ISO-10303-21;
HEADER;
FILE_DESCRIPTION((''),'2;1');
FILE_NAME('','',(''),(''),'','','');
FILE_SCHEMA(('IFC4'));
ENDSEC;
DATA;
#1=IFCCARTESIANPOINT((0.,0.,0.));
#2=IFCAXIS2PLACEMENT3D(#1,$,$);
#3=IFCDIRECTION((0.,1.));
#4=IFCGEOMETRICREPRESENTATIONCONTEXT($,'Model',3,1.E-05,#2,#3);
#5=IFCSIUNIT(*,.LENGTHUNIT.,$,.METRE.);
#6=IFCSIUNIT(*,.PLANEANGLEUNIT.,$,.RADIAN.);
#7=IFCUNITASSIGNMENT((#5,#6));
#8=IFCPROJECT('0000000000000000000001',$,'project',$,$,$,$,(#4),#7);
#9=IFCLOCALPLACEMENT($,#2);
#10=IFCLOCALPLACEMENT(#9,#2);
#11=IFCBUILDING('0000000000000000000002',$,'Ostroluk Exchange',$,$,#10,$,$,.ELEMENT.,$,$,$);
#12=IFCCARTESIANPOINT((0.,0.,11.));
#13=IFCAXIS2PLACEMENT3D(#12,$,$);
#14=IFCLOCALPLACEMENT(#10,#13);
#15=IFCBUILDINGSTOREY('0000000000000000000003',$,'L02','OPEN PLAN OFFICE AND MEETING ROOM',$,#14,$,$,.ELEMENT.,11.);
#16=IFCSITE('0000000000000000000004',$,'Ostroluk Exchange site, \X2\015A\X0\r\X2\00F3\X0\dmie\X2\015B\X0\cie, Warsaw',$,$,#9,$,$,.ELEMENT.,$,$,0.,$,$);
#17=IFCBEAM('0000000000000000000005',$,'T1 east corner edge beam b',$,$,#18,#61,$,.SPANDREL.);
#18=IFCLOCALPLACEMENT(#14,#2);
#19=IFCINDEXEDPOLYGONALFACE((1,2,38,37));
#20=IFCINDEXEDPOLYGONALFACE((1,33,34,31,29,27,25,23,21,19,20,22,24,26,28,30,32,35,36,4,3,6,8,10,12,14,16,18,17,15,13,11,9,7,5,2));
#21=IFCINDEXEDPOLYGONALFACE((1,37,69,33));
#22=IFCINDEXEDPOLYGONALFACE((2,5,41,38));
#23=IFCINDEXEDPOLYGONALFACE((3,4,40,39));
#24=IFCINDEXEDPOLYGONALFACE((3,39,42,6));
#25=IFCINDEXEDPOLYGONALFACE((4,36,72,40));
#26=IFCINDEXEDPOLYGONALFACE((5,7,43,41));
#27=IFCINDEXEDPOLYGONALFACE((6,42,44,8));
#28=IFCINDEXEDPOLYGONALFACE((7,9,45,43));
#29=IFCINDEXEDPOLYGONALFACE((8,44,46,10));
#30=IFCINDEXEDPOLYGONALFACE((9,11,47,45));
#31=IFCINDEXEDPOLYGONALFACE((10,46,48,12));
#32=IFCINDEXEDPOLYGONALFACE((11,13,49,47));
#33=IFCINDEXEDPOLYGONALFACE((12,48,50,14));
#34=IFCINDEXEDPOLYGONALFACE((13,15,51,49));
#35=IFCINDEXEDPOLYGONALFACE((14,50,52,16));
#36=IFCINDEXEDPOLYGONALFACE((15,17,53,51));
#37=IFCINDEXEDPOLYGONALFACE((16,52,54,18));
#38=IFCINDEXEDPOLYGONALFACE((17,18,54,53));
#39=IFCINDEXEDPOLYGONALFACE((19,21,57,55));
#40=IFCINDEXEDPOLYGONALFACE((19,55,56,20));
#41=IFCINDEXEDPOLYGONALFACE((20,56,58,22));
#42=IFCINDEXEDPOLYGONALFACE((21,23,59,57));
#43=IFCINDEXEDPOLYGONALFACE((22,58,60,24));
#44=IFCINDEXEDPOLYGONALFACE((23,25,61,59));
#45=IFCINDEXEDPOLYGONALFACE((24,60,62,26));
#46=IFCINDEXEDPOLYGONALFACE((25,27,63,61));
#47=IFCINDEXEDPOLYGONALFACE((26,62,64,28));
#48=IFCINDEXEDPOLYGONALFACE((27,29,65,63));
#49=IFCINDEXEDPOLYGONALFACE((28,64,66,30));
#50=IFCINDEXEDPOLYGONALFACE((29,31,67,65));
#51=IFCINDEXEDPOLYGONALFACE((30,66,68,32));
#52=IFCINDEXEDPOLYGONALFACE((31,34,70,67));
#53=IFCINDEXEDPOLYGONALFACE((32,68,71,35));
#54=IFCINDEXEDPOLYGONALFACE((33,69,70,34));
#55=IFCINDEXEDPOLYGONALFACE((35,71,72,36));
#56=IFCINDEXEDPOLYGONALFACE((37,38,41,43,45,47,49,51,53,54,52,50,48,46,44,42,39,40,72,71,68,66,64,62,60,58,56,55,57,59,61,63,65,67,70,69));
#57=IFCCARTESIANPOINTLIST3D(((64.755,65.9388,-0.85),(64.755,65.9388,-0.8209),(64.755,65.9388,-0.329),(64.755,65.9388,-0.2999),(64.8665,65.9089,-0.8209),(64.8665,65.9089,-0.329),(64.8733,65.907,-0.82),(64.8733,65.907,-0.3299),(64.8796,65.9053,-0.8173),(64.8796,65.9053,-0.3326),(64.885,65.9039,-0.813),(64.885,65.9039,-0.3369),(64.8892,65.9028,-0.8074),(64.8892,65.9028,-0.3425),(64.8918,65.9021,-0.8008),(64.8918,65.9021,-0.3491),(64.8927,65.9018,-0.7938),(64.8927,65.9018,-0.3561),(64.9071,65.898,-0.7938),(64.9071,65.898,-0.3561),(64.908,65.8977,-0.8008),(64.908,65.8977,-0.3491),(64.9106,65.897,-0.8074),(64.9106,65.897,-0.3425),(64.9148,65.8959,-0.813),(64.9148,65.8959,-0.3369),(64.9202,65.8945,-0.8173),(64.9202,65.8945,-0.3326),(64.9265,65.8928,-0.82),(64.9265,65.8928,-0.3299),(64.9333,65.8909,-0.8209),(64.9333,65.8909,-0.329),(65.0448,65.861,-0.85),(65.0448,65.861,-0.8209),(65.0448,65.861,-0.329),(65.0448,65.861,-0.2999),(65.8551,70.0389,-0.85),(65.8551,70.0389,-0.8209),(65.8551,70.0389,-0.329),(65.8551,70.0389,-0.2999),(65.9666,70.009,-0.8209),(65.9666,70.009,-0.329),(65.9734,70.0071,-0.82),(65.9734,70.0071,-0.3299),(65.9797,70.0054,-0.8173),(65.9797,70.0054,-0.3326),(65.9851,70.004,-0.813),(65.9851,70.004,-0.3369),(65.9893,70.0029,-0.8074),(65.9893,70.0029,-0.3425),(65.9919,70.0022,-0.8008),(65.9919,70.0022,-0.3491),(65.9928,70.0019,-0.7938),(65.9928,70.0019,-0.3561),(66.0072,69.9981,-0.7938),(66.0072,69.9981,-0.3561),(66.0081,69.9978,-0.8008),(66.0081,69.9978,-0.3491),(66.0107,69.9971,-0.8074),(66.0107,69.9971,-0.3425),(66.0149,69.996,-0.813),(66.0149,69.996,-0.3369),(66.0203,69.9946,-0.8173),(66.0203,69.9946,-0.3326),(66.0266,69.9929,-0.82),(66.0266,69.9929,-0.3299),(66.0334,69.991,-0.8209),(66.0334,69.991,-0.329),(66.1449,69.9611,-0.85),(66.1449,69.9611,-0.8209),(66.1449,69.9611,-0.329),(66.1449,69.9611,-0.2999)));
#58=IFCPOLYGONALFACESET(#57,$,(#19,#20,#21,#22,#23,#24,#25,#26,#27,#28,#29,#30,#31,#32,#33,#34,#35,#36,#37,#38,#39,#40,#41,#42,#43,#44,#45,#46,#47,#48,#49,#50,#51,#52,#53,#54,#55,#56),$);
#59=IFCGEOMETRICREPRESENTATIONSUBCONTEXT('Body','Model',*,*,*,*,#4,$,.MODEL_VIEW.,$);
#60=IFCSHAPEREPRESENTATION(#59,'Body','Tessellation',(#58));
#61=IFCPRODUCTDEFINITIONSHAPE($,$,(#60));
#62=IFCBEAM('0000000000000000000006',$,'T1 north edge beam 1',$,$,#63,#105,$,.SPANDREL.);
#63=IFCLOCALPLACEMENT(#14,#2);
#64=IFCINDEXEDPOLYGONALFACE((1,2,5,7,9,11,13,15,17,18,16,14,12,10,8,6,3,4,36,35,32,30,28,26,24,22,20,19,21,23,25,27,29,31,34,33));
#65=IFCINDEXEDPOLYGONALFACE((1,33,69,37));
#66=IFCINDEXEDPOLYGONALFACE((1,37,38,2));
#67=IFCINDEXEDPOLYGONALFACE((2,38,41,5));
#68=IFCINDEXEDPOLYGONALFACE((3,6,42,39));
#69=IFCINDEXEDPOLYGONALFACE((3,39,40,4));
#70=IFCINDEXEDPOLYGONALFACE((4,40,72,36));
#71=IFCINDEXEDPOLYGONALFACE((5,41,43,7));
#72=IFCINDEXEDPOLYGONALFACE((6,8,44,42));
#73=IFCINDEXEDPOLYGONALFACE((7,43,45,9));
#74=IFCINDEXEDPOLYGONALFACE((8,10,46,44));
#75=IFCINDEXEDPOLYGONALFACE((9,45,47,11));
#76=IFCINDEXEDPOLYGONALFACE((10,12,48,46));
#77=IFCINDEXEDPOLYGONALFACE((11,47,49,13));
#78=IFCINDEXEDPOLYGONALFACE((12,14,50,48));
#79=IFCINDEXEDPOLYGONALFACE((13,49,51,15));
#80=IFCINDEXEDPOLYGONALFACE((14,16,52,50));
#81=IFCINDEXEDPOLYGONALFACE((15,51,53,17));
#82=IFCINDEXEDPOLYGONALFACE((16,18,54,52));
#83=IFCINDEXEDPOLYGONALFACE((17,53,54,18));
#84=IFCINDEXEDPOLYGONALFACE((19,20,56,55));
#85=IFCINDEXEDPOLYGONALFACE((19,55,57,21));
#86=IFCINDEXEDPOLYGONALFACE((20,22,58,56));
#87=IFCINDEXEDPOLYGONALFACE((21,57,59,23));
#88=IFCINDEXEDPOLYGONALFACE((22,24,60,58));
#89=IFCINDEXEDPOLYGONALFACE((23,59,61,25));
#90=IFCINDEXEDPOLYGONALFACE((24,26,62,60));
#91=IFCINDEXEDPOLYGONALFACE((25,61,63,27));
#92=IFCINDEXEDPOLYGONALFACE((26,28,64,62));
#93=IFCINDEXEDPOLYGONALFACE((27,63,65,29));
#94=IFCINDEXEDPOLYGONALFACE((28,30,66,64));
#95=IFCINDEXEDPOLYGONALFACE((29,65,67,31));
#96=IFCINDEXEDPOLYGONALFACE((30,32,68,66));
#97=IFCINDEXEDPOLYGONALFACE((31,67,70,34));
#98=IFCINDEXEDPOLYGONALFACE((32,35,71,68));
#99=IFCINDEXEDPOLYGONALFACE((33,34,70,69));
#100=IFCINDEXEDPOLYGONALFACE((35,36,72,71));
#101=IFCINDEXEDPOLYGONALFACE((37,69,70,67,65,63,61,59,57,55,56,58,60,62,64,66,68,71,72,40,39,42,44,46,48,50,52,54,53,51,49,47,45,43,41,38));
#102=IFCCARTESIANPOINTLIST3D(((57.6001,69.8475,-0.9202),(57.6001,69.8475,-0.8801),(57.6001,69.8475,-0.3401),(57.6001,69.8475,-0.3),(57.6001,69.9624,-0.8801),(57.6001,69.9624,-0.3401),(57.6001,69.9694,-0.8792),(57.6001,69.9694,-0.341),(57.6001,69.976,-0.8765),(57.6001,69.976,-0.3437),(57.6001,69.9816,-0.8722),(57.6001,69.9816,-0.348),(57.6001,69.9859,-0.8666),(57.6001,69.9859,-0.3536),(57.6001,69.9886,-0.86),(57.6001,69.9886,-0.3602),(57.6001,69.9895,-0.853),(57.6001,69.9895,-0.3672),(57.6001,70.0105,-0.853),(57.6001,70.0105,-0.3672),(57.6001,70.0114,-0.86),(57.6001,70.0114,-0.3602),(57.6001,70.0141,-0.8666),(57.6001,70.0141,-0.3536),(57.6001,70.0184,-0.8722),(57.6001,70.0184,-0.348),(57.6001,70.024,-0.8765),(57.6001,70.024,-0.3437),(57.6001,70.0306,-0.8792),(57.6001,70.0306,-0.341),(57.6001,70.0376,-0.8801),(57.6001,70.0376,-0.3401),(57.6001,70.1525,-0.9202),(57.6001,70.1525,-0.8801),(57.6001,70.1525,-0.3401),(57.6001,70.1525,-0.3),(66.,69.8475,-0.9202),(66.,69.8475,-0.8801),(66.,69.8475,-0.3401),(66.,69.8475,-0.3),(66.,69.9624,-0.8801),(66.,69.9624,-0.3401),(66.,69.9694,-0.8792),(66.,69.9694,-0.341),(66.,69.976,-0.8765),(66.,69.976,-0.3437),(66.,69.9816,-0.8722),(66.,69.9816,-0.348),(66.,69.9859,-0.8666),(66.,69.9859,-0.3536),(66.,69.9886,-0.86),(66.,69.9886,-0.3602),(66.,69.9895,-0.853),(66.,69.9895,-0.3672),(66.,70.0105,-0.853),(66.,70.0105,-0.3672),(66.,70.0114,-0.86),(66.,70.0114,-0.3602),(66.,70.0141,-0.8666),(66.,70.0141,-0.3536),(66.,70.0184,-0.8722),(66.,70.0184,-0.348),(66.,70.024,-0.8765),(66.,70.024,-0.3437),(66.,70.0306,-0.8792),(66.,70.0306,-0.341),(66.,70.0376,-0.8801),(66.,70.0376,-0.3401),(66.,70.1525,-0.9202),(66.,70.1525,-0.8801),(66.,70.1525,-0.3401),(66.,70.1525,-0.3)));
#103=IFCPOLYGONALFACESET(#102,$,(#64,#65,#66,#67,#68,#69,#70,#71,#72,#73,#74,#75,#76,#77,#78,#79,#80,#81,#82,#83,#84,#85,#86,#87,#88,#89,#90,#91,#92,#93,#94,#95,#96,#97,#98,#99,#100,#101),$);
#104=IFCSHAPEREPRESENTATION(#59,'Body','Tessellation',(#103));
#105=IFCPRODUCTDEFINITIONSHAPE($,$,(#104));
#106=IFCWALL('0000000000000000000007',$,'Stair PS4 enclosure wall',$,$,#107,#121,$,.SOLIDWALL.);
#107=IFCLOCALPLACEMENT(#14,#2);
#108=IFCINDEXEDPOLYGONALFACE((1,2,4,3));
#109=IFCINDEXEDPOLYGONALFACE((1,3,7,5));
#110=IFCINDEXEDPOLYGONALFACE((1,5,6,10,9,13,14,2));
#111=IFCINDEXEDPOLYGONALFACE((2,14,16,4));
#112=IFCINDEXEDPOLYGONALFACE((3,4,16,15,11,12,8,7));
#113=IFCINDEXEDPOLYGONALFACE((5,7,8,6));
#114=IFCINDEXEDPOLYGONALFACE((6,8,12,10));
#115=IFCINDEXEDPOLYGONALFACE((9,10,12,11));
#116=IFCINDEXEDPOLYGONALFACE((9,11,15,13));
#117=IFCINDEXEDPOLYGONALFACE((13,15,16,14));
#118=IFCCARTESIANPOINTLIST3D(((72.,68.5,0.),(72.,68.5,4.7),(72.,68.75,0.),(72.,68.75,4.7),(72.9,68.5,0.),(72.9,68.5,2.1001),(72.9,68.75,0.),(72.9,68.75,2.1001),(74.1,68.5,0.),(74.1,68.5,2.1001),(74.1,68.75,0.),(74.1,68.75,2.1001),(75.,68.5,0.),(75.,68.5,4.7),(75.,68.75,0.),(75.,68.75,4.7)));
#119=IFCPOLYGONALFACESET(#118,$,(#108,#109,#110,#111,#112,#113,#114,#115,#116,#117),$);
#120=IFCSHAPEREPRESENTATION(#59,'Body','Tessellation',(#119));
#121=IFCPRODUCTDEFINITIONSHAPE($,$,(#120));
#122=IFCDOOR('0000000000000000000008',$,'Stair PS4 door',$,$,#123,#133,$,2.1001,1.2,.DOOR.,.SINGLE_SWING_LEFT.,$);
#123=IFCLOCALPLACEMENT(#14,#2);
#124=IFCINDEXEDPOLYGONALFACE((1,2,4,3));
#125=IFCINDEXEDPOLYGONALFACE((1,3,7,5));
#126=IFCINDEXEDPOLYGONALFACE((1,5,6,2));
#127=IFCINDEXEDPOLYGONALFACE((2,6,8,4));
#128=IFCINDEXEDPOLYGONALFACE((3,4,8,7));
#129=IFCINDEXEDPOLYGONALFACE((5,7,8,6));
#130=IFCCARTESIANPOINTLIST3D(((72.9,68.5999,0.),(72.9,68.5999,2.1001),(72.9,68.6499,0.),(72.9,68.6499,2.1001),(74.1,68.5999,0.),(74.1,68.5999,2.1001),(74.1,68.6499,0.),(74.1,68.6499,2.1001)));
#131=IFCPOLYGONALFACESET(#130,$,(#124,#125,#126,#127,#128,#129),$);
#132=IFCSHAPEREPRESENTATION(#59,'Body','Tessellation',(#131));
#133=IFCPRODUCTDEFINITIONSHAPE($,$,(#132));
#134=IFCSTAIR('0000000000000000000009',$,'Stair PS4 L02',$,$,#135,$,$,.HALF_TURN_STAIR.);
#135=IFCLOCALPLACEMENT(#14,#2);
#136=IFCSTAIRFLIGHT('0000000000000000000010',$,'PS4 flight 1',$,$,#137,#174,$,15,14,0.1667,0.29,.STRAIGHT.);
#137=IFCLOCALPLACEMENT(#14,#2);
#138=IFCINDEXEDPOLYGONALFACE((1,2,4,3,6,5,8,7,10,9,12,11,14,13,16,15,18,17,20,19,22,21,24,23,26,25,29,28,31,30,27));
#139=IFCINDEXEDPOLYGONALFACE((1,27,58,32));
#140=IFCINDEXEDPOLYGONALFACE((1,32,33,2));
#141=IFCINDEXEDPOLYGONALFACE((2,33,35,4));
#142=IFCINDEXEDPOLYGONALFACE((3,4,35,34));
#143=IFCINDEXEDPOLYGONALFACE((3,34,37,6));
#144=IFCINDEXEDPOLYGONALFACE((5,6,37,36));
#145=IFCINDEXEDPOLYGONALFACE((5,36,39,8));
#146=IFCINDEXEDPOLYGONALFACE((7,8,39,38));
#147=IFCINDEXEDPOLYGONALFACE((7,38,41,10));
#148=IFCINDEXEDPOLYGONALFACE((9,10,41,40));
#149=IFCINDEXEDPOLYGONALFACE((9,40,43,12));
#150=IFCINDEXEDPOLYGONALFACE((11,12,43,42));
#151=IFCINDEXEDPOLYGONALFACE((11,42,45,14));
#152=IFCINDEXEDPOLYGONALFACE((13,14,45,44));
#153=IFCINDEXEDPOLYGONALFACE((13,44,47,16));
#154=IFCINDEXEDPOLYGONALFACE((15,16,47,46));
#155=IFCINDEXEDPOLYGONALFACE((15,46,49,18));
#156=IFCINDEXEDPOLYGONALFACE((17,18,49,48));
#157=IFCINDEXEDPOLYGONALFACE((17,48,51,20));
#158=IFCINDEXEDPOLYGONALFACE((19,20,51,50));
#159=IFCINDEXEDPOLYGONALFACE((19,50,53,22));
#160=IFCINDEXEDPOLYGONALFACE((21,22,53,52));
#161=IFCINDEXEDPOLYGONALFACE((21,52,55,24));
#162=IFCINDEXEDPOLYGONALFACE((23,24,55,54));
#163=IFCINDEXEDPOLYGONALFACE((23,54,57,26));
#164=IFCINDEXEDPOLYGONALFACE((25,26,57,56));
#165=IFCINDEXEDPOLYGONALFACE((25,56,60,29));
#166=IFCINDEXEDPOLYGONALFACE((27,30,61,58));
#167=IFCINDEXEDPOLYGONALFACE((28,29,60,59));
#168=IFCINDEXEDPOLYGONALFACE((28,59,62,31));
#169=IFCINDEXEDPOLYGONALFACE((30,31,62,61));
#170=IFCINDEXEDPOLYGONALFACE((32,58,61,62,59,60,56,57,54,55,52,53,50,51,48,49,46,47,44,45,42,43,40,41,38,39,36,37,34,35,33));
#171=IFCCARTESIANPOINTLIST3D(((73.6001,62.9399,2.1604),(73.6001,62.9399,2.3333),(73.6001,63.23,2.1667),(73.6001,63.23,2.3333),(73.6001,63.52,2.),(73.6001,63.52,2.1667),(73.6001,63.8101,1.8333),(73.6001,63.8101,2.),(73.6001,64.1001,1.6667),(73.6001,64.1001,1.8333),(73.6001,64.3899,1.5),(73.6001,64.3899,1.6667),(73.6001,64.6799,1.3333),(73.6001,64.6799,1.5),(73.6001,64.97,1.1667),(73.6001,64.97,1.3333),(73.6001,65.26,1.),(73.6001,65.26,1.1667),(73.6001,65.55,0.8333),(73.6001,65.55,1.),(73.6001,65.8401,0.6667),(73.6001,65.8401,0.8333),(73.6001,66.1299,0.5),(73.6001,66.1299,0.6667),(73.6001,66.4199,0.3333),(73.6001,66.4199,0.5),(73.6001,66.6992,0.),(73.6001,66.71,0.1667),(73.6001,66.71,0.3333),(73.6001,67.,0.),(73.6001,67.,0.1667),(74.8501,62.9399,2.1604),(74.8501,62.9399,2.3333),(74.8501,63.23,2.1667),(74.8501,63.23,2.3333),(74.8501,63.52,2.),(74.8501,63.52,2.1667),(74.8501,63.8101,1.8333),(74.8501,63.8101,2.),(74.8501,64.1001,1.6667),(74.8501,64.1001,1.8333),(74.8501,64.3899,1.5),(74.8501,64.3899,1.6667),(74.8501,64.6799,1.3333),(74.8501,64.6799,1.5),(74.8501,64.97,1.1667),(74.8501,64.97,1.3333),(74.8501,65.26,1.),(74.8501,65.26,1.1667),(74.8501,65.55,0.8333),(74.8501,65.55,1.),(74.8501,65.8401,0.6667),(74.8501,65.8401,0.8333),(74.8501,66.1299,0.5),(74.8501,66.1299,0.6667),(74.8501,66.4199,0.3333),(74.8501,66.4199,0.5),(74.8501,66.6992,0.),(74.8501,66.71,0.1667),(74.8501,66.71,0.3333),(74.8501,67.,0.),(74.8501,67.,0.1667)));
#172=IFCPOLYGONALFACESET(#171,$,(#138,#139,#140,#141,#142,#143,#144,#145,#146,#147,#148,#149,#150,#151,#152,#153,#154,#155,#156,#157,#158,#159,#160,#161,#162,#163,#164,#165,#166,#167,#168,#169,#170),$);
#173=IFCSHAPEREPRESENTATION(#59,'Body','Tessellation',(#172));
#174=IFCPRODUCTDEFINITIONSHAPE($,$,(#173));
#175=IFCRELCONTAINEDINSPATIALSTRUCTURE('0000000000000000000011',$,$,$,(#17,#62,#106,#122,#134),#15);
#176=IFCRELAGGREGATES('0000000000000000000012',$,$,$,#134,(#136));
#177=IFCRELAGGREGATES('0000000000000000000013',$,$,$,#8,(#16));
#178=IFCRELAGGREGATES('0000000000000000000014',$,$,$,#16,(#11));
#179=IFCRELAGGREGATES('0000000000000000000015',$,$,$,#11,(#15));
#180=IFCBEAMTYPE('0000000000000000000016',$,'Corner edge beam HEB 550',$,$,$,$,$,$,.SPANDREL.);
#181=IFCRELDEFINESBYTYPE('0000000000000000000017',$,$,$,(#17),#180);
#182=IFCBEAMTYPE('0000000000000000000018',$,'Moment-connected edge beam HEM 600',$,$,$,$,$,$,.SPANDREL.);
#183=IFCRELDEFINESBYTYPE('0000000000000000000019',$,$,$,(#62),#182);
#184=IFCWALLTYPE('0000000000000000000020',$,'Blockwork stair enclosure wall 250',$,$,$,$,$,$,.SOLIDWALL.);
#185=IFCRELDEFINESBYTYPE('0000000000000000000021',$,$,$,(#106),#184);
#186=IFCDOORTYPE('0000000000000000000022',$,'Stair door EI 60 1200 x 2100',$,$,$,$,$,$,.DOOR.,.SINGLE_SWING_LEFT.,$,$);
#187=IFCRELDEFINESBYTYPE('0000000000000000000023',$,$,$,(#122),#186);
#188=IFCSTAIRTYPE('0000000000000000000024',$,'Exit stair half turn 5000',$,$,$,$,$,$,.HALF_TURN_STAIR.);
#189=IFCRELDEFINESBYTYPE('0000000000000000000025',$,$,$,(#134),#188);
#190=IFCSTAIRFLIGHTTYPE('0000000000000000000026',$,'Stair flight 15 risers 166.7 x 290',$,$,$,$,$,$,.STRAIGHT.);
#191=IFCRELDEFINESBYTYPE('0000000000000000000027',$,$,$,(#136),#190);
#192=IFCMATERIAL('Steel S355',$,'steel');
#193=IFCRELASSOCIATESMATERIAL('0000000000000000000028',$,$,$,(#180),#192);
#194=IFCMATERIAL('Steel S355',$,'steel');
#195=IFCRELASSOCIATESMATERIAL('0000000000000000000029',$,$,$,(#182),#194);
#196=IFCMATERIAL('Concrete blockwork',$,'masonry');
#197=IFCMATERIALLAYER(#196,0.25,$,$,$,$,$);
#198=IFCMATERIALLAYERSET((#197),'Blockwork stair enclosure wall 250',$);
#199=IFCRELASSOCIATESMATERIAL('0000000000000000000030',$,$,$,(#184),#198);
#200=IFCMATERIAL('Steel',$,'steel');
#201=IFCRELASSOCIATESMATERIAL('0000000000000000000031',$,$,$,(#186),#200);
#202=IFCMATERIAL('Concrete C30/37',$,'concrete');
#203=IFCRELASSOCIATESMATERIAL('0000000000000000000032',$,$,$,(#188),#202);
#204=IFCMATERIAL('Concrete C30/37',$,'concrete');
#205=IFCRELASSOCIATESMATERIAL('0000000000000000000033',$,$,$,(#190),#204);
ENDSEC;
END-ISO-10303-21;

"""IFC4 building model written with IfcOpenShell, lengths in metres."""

from ifc_helpers import new_model, si_unit, direction, frame, frame_2d, origin, origin_2d, place, context, subcontext, project, spatial, polyline, rectangle, i_section, outline, extrude, material, layer, layer_set, material_profile, profile_set, type_object, element, fill, aggregate, save


model = new_model("IFC4")

# Units and contexts
model_context = context("Model", 3, precision=1e-05, world=origin(), true_north=direction((0.0, 1.0)))
body_context = subcontext(model_context, "Body", "Model", "MODEL_VIEW")
ifc_project = project(units=[si_unit("LENGTHUNIT", "METRE"), si_unit("PLANEANGLEUNIT", "RADIAN")], contexts=[model_context])

# Site, building, storey
site_placement = place(None, origin())
site = spatial("IfcSite", under=ifc_project, at=site_placement, Name="Ostroluk Exchange site, Śródmieście, Warsaw", CompositionType="ELEMENT", RefElevation=0.0)
building_placement = place(site_placement, origin())
building = spatial("IfcBuilding", under=site, at=building_placement, Name="Ostroluk Exchange", CompositionType="ELEMENT")
storey_placement = place(building_placement, frame((0.0, 0.0, 11.0)))
storey = spatial("IfcBuildingStorey", under=building, at=storey_placement, Name="L02", Description="OPEN PLAN OFFICE AND MEETING ROOM", CompositionType="ELEMENT", Elevation=11.0)

# Beams
ifc_material_1 = material(Name="Steel S355", Category="steel")
ifc_material_profile_1 = material_profile(ifc_material_1, i_section(OverallWidth=0.3, OverallDepth=0.55, WebThickness=0.0149, FlangeThickness=0.0291, FilletRadius=0.0271, at=origin_2d()), Name="HEB 550")
ifc_profile_set_1 = profile_set([ifc_material_profile_1], Name="Steel S355")
beam_type_1 = type_object("IfcBeamType", Name="Corner edge beam HEB 550", PredefinedType="SPANDREL", material=ifc_profile_set_1)
beam_1_placement = place(storey_placement, frame((64.8999, 65.8999, -0.575), z_axis=(0.259144, 0.965839, 0.0), x_axis=(-0.965839, 0.259144, 0.0)))
element("IfcBeam", 1, at=beam_1_placement, inside=storey, type_object=beam_type_1, Name="T1 east corner edge beam b", PredefinedType="SPANDREL", context=body_context, shape_type="SweptSolid", body=[
    extrude(i_section(OverallWidth=0.3, OverallDepth=0.55, WebThickness=0.0149, FlangeThickness=0.0291, FilletRadius=0.0271, at=origin_2d()), origin(), (0.0, 0.0, 1.0), 4.2451),
])
ifc_material_2 = material(Name="Steel S355", Category="steel")
ifc_material_profile_2 = material_profile(ifc_material_2, i_section(OverallWidth=0.3049, OverallDepth=0.6201, WebThickness=0.021, FlangeThickness=0.04, FilletRadius=0.0271, at=origin_2d()), Name="HEM 600")
ifc_profile_set_2 = profile_set([ifc_material_profile_2], Name="Steel S355")
beam_type_2 = type_object("IfcBeamType", Name="Moment-connected edge beam HEM 600", PredefinedType="SPANDREL", material=ifc_profile_set_2)
beam_2_placement = place(storey_placement, frame((66.0, 70.0, -0.6101), z_axis=(-1.0, 0.0, 0.0), x_axis=(0.0, -1.0, 0.0)))
element("IfcBeam", 2, at=beam_2_placement, inside=storey, type_object=beam_type_2, Name="T1 north edge beam 1", PredefinedType="SPANDREL", context=body_context, shape_type="SweptSolid", body=[
    extrude(i_section(OverallWidth=0.3049, OverallDepth=0.6201, WebThickness=0.021, FlangeThickness=0.04, FilletRadius=0.0271, at=origin_2d()), origin(), (0.0, 0.0, 1.0), 8.3999),
])

# Wall, opening, door
ifc_material_3 = material(Name="Concrete blockwork", Category="masonry")
ifc_layer = layer(ifc_material_3, 0.25)
ifc_layer_set = layer_set([ifc_layer], Name="Blockwork stair enclosure wall 250")
wall_type = type_object("IfcWallType", Name="Blockwork stair enclosure wall 250", PredefinedType="SOLIDWALL", material=ifc_layer_set)
wall_placement = place(storey_placement, frame((72.0, 68.625, 0.0), z_axis=(0.0, 0.0, 1.0), x_axis=(1.0, 0.0, 0.0)))
wall = element("IfcWall", 3, at=wall_placement, inside=storey, type_object=wall_type, Name="Stair PS4 enclosure wall", PredefinedType="SOLIDWALL", context=body_context, shape_type="SweptSolid", body=[
    extrude(rectangle(XDim=3.0, YDim=0.25, at=frame_2d((1.5, 0.0))), origin(), (0.0, 0.0, 1.0), 4.7),
])
opening_placement = place(wall_placement, frame((0.8999, 0.0, 0.0)))
opening = element("IfcOpeningElement", 4, at=opening_placement, cuts=wall, PredefinedType="OPENING", context=body_context, shape_type="SweptSolid", body=[
    extrude(rectangle(XDim=1.2, YDim=2.1001, at=frame_2d((0.6001, 1.05))), frame((0.0, 0.135, 0.0), z_axis=(0.0, -1.0, 0.0), x_axis=(1.0, 0.0, 0.0)), (0.0, 0.0, 1.0), 0.27),
])
ifc_material_4 = material(Name="Steel", Category="steel")
door_type = type_object("IfcDoorType", Name="Stair door EI 60 1200 x 2100", OperationType="SINGLE_SWING_LEFT", PredefinedType="DOOR", material=ifc_material_4)
door_placement = place(opening_placement, origin())
door = element("IfcDoor", 5, at=door_placement, inside=storey, type_object=door_type, Name="Stair PS4 door", OperationType="SINGLE_SWING_LEFT", OverallHeight=2.1001, OverallWidth=1.2, PredefinedType="DOOR", context=body_context, shape_type="SweptSolid", body=[
    extrude(rectangle(XDim=1.2, YDim=2.1001, at=frame_2d((0.6001, 1.05))), frame((0.0, 0.0249, 0.0), z_axis=(0.0, -1.0, 0.0), x_axis=(1.0, 0.0, 0.0)), (0.0, 0.0, 1.0), 0.05),
])
fill(opening, door)

# Stair, stair flight
ifc_material_5 = material(Name="Concrete C30/37", Category="concrete")
stair_type = type_object("IfcStairType", Name="Exit stair half turn 5000", PredefinedType="HALF_TURN_STAIR", material=ifc_material_5)
stair_placement = place(storey_placement, origin())
stair = element("IfcStair", 6, at=stair_placement, inside=storey, type_object=stair_type, Name="Stair PS4 L02", PredefinedType="HALF_TURN_STAIR")
ifc_material_6 = material(Name="Concrete C30/37", Category="concrete")
stair_flight_type = type_object("IfcStairFlightType", Name="Stair flight 15 risers 166.7 x 290", PredefinedType="STRAIGHT", material=ifc_material_6)
stair_flight_1_placement = place(storey_placement, frame((74.2251, 67.0, 0.0), z_axis=(0.0, 0.0, 1.0), x_axis=(0.0, -1.0, 0.0)))
stair_flight_1 = element("IfcStairFlight", 7, at=stair_flight_1_placement, type_object=stair_flight_type, Name="PS4 flight 1", NumberOfRisers=15, NumberOfTreads=14, PredefinedType="STRAIGHT", RiserHeight=0.1667, TreadLength=0.29, context=body_context, shape_type="SweptSolid", body=[
    extrude(outline(polyline([(0.0, 0.0), (0.0, 0.1667), (0.29, 0.1667), (0.29, 0.3333), (0.5801, 0.3333), (0.5801, 0.5), (0.8701, 0.5), (0.8701, 0.6667), (1.1599, 0.6667), (1.1599, 0.8333), (1.45, 0.8333), (1.45, 1.0), (1.74, 1.0), (1.74, 1.1667), (2.03, 1.1667), (2.03, 1.3333), (2.3201, 1.3333), (2.3201, 1.5), (2.6101, 1.5), (2.6101, 1.6667), (2.8999, 1.6667), (2.8999, 1.8333), (3.1899, 1.8333), (3.1899, 2.0), (3.48, 2.0), (3.48, 2.1667), (3.77, 2.1667), (3.77, 2.3333), (4.0601, 2.3333), (4.0601, 2.5), (4.0601, 2.1604), (0.3008, 0.0), (0.0, 0.0)])), frame((0.0, 0.625, 0.0), z_axis=(0.0, -1.0, 0.0), x_axis=(1.0, 0.0, 0.0)), (0.0, 0.0, 1.0), 1.25),
])
aggregate(stair, [stair_flight_1])

save(model, "model.ifc")
